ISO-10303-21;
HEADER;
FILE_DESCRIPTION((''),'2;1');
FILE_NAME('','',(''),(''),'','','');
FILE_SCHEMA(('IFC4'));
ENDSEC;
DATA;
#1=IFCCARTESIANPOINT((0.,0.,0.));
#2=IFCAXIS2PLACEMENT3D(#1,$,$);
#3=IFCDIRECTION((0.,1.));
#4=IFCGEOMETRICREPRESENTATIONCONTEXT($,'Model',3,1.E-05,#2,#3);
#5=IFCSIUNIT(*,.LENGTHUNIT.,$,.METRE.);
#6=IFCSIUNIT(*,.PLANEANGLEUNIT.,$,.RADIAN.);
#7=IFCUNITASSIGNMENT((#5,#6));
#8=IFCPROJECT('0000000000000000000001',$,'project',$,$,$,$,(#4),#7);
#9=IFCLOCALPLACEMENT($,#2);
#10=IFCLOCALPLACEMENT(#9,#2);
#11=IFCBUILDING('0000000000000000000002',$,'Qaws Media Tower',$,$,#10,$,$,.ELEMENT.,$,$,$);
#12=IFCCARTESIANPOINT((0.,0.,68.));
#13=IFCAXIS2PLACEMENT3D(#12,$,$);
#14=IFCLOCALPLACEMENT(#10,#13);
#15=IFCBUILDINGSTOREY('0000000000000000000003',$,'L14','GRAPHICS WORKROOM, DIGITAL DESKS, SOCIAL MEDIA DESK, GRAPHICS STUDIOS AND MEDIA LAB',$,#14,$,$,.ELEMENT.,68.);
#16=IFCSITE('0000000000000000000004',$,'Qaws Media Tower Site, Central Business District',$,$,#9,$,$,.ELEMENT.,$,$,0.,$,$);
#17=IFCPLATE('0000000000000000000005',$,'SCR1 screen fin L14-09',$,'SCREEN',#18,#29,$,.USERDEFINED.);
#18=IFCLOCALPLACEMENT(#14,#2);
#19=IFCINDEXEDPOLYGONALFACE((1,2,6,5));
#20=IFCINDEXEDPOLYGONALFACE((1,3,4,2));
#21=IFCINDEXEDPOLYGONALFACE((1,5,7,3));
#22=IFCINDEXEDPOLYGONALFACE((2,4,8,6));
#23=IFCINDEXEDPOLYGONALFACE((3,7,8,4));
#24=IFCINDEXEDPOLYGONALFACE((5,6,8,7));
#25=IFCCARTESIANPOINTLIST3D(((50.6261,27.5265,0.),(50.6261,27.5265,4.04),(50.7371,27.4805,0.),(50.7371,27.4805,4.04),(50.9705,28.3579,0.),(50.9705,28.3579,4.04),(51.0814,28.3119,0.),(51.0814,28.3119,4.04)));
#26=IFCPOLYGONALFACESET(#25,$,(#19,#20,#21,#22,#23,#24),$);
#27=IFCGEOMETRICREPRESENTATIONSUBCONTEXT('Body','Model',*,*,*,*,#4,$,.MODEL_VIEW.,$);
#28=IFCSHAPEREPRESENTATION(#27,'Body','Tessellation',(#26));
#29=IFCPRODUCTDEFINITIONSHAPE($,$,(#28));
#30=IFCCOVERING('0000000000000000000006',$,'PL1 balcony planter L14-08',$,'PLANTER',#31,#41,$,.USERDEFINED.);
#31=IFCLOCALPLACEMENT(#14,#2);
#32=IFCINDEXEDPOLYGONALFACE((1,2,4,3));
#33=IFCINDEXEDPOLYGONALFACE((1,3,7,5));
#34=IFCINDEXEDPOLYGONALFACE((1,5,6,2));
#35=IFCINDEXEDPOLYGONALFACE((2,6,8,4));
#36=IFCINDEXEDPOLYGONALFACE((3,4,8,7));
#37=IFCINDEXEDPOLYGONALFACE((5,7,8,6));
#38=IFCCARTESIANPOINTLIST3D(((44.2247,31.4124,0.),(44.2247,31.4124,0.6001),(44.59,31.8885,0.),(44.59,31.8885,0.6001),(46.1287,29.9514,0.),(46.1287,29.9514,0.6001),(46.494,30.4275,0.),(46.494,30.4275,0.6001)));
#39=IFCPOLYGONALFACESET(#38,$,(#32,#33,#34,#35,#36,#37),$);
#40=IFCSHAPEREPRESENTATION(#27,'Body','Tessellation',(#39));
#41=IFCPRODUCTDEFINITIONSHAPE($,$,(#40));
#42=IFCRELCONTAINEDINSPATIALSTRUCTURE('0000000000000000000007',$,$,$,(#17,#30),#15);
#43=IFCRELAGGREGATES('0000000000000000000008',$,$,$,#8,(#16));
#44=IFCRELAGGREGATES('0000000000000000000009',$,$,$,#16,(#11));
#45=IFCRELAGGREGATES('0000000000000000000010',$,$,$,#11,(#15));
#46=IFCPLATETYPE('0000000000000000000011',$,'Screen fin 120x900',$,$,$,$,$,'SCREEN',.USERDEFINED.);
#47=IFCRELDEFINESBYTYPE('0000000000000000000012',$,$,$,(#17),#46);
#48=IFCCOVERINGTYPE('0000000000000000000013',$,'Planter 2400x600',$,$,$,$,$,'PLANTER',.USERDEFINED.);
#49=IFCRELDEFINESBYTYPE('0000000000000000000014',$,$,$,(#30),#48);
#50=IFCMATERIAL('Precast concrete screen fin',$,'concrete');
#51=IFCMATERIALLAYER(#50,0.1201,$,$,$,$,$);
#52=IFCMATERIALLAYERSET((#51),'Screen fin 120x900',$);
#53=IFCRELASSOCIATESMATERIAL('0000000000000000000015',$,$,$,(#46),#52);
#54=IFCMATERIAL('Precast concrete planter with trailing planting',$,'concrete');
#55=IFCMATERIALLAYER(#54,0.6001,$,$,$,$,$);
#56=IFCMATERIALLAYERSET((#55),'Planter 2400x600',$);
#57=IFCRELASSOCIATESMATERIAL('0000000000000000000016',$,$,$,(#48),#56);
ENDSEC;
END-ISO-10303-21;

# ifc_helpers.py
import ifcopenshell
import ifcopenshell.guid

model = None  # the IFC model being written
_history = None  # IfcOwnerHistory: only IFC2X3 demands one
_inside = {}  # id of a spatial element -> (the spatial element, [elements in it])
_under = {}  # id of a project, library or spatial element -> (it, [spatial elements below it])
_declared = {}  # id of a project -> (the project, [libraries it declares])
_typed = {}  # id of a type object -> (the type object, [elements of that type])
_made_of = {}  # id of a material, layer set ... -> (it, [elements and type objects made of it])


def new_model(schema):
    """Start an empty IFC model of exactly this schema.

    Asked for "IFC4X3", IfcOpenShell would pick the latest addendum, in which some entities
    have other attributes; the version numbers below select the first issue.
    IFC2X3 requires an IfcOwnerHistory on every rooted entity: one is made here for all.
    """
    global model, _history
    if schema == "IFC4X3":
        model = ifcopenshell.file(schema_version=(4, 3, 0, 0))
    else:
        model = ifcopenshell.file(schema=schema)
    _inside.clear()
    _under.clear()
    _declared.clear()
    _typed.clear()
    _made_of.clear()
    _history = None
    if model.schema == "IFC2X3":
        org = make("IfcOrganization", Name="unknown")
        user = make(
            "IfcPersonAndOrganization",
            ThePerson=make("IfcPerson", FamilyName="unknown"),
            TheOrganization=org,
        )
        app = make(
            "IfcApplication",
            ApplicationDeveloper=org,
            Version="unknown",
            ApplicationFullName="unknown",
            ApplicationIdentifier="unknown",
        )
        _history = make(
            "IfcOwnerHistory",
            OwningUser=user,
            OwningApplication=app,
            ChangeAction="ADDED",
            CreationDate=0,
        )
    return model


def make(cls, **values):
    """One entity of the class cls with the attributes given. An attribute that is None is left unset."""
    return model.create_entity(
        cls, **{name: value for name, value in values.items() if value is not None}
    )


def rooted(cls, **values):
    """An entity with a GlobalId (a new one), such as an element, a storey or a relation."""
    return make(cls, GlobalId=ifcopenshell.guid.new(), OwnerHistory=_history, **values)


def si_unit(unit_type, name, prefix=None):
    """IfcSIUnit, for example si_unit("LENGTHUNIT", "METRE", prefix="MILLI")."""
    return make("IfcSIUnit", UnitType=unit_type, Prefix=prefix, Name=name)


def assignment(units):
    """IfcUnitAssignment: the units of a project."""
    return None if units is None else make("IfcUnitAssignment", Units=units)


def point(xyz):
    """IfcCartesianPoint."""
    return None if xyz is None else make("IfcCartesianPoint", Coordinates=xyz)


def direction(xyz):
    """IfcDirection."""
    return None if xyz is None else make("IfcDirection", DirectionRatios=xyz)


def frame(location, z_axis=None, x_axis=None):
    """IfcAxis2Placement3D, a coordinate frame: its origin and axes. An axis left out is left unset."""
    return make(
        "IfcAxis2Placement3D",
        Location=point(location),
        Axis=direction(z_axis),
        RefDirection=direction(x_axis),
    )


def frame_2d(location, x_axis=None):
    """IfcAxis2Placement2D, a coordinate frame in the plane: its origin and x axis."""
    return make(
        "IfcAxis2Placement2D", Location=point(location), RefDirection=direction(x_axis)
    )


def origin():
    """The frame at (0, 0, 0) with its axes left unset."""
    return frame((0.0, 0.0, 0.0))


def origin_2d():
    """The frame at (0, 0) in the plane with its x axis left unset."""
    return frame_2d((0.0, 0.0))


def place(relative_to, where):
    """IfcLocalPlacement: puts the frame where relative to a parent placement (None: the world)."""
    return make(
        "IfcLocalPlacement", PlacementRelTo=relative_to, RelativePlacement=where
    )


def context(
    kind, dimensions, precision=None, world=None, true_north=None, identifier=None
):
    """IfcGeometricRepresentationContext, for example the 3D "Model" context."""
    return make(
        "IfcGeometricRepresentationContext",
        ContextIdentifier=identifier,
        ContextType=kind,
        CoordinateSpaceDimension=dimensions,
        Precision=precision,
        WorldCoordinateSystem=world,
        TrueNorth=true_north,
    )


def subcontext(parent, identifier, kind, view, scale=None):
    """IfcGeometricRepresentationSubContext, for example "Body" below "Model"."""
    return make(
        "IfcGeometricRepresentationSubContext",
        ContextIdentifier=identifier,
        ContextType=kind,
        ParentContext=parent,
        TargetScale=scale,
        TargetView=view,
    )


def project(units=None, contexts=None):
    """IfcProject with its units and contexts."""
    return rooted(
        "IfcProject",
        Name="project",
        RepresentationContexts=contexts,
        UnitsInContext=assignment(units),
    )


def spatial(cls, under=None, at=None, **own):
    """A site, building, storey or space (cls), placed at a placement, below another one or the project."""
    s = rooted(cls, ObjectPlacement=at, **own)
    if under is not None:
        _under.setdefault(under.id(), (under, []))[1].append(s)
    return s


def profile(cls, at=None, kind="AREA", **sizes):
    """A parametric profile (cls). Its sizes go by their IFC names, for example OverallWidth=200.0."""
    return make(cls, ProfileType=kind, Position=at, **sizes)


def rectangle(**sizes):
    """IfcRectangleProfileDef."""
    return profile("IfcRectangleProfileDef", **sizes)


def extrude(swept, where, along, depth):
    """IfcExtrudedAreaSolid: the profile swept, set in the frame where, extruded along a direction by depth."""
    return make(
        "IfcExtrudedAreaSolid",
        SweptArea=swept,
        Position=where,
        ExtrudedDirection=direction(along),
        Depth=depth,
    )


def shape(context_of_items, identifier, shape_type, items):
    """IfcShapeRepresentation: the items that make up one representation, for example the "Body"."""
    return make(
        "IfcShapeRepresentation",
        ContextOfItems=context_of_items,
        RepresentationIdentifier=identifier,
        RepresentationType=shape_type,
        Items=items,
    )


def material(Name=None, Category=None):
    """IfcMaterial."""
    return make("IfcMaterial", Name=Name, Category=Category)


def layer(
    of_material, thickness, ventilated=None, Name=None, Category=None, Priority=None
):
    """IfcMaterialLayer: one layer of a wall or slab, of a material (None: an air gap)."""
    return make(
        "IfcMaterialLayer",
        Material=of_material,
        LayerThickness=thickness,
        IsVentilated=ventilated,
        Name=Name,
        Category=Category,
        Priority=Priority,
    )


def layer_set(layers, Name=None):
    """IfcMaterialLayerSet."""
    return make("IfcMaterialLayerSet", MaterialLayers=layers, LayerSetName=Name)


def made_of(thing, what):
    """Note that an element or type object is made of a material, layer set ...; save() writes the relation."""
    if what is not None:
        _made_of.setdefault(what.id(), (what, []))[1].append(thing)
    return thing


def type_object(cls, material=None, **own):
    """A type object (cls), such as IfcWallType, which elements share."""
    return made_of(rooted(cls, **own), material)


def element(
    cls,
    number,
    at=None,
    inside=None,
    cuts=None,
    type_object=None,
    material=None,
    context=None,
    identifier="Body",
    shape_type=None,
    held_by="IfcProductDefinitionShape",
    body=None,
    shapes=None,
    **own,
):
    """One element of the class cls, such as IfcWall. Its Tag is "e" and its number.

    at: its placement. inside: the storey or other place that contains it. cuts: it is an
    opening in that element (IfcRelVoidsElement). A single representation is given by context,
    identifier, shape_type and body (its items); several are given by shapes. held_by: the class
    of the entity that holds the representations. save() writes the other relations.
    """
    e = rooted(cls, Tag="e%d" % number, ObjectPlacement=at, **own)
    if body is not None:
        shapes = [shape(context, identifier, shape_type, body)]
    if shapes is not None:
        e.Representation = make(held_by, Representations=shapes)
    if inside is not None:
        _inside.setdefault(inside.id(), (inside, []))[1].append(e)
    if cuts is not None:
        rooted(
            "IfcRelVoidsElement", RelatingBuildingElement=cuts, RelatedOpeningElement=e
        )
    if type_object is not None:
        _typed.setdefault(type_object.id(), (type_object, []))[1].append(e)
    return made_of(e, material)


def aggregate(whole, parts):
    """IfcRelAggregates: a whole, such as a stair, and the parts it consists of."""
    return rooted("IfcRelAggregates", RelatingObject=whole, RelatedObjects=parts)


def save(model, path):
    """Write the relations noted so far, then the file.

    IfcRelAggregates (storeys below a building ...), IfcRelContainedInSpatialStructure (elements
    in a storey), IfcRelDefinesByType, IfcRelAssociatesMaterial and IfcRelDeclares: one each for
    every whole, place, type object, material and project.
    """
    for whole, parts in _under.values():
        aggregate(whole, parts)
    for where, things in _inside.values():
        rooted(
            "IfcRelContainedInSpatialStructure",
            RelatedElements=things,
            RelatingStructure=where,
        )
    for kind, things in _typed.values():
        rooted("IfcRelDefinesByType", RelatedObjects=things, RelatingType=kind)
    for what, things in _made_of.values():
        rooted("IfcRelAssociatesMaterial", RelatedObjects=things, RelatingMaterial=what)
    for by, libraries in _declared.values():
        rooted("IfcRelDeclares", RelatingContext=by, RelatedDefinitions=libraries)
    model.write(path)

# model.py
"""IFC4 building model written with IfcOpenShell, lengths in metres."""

from ifc_helpers import new_model, si_unit, direction, frame, origin, origin_2d, place, context, subcontext, project, spatial, rectangle, extrude, material, layer, layer_set, type_object, element, save


model = new_model("IFC4")

# Units and contexts
model_context = context("Model", 3, precision=1e-05, world=origin(), true_north=direction((0.0, 1.0)))
body_context = subcontext(model_context, "Body", "Model", "MODEL_VIEW")
ifc_project = project(units=[si_unit("LENGTHUNIT", "METRE"), si_unit("PLANEANGLEUNIT", "RADIAN")], contexts=[model_context])

# Site, building, storey
site_placement = place(None, origin())
site = spatial("IfcSite", under=ifc_project, at=site_placement, Name="Qaws Media Tower Site, Central Business District", CompositionType="ELEMENT", RefElevation=0.0)
building_placement = place(site_placement, origin())
building = spatial("IfcBuilding", under=site, at=building_placement, Name="Qaws Media Tower", CompositionType="ELEMENT")
storey_placement = place(building_placement, frame((0.0, 0.0, 68.0)))
storey = spatial("IfcBuildingStorey", under=building, at=storey_placement, Name="L14", Description="GRAPHICS WORKROOM, DIGITAL DESKS, SOCIAL MEDIA DESK, GRAPHICS STUDIOS AND MEDIA LAB", CompositionType="ELEMENT", Elevation=68.0)

# Plate
ifc_material_1 = material(Name="Precast concrete screen fin", Category="concrete")
ifc_layer_1 = layer(ifc_material_1, 0.1201)
ifc_layer_set_1 = layer_set([ifc_layer_1], Name="Screen fin 120x900")
plate_type_1 = type_object("IfcPlateType", Name="Screen fin 120x900", ElementType="SCREEN", PredefinedType="USERDEFINED", material=ifc_layer_set_1)
plate_1_placement = place(storey_placement, frame((50.8538, 27.9192, 0.0), z_axis=(0.0, 0.0, 1.0), x_axis=(-0.382683, -0.92388, 0.0)))
element("IfcPlate", 1, at=plate_1_placement, inside=storey, type_object=plate_type_1, Name="SCR1 screen fin L14-09", ObjectType="SCREEN", PredefinedType="USERDEFINED", context=body_context, shape_type="SweptSolid", body=[
    extrude(rectangle(XDim=0.8999, YDim=0.1201, at=origin_2d()), origin(), (0.0, 0.0, 1.0), 4.04),
])

# Covering
ifc_material_2 = material(Name="Precast concrete planter with trailing planting", Category="concrete")
ifc_layer_2 = layer(ifc_material_2, 0.6001)
ifc_layer_set_2 = layer_set([ifc_layer_2], Name="Planter 2400x600")
covering_type = type_object("IfcCoveringType", Name="Planter 2400x600", ElementType="PLANTER", PredefinedType="USERDEFINED", material=ifc_layer_set_2)
covering_placement = place(storey_placement, frame((45.3594, 30.9199, 0.0), z_axis=(0.0, 0.0, 1.0), x_axis=(0.793353, -0.608761, 0.0)))
element("IfcCovering", 2, at=covering_placement, inside=storey, type_object=covering_type, Name="PL1 balcony planter L14-08", ObjectType="PLANTER", PredefinedType="USERDEFINED", context=body_context, shape_type="SweptSolid", body=[
    extrude(rectangle(XDim=2.3999, YDim=0.6001, at=origin_2d()), origin(), (0.0, 0.0, 1.0), 0.6001),
])

save(model, "model.ifc")
